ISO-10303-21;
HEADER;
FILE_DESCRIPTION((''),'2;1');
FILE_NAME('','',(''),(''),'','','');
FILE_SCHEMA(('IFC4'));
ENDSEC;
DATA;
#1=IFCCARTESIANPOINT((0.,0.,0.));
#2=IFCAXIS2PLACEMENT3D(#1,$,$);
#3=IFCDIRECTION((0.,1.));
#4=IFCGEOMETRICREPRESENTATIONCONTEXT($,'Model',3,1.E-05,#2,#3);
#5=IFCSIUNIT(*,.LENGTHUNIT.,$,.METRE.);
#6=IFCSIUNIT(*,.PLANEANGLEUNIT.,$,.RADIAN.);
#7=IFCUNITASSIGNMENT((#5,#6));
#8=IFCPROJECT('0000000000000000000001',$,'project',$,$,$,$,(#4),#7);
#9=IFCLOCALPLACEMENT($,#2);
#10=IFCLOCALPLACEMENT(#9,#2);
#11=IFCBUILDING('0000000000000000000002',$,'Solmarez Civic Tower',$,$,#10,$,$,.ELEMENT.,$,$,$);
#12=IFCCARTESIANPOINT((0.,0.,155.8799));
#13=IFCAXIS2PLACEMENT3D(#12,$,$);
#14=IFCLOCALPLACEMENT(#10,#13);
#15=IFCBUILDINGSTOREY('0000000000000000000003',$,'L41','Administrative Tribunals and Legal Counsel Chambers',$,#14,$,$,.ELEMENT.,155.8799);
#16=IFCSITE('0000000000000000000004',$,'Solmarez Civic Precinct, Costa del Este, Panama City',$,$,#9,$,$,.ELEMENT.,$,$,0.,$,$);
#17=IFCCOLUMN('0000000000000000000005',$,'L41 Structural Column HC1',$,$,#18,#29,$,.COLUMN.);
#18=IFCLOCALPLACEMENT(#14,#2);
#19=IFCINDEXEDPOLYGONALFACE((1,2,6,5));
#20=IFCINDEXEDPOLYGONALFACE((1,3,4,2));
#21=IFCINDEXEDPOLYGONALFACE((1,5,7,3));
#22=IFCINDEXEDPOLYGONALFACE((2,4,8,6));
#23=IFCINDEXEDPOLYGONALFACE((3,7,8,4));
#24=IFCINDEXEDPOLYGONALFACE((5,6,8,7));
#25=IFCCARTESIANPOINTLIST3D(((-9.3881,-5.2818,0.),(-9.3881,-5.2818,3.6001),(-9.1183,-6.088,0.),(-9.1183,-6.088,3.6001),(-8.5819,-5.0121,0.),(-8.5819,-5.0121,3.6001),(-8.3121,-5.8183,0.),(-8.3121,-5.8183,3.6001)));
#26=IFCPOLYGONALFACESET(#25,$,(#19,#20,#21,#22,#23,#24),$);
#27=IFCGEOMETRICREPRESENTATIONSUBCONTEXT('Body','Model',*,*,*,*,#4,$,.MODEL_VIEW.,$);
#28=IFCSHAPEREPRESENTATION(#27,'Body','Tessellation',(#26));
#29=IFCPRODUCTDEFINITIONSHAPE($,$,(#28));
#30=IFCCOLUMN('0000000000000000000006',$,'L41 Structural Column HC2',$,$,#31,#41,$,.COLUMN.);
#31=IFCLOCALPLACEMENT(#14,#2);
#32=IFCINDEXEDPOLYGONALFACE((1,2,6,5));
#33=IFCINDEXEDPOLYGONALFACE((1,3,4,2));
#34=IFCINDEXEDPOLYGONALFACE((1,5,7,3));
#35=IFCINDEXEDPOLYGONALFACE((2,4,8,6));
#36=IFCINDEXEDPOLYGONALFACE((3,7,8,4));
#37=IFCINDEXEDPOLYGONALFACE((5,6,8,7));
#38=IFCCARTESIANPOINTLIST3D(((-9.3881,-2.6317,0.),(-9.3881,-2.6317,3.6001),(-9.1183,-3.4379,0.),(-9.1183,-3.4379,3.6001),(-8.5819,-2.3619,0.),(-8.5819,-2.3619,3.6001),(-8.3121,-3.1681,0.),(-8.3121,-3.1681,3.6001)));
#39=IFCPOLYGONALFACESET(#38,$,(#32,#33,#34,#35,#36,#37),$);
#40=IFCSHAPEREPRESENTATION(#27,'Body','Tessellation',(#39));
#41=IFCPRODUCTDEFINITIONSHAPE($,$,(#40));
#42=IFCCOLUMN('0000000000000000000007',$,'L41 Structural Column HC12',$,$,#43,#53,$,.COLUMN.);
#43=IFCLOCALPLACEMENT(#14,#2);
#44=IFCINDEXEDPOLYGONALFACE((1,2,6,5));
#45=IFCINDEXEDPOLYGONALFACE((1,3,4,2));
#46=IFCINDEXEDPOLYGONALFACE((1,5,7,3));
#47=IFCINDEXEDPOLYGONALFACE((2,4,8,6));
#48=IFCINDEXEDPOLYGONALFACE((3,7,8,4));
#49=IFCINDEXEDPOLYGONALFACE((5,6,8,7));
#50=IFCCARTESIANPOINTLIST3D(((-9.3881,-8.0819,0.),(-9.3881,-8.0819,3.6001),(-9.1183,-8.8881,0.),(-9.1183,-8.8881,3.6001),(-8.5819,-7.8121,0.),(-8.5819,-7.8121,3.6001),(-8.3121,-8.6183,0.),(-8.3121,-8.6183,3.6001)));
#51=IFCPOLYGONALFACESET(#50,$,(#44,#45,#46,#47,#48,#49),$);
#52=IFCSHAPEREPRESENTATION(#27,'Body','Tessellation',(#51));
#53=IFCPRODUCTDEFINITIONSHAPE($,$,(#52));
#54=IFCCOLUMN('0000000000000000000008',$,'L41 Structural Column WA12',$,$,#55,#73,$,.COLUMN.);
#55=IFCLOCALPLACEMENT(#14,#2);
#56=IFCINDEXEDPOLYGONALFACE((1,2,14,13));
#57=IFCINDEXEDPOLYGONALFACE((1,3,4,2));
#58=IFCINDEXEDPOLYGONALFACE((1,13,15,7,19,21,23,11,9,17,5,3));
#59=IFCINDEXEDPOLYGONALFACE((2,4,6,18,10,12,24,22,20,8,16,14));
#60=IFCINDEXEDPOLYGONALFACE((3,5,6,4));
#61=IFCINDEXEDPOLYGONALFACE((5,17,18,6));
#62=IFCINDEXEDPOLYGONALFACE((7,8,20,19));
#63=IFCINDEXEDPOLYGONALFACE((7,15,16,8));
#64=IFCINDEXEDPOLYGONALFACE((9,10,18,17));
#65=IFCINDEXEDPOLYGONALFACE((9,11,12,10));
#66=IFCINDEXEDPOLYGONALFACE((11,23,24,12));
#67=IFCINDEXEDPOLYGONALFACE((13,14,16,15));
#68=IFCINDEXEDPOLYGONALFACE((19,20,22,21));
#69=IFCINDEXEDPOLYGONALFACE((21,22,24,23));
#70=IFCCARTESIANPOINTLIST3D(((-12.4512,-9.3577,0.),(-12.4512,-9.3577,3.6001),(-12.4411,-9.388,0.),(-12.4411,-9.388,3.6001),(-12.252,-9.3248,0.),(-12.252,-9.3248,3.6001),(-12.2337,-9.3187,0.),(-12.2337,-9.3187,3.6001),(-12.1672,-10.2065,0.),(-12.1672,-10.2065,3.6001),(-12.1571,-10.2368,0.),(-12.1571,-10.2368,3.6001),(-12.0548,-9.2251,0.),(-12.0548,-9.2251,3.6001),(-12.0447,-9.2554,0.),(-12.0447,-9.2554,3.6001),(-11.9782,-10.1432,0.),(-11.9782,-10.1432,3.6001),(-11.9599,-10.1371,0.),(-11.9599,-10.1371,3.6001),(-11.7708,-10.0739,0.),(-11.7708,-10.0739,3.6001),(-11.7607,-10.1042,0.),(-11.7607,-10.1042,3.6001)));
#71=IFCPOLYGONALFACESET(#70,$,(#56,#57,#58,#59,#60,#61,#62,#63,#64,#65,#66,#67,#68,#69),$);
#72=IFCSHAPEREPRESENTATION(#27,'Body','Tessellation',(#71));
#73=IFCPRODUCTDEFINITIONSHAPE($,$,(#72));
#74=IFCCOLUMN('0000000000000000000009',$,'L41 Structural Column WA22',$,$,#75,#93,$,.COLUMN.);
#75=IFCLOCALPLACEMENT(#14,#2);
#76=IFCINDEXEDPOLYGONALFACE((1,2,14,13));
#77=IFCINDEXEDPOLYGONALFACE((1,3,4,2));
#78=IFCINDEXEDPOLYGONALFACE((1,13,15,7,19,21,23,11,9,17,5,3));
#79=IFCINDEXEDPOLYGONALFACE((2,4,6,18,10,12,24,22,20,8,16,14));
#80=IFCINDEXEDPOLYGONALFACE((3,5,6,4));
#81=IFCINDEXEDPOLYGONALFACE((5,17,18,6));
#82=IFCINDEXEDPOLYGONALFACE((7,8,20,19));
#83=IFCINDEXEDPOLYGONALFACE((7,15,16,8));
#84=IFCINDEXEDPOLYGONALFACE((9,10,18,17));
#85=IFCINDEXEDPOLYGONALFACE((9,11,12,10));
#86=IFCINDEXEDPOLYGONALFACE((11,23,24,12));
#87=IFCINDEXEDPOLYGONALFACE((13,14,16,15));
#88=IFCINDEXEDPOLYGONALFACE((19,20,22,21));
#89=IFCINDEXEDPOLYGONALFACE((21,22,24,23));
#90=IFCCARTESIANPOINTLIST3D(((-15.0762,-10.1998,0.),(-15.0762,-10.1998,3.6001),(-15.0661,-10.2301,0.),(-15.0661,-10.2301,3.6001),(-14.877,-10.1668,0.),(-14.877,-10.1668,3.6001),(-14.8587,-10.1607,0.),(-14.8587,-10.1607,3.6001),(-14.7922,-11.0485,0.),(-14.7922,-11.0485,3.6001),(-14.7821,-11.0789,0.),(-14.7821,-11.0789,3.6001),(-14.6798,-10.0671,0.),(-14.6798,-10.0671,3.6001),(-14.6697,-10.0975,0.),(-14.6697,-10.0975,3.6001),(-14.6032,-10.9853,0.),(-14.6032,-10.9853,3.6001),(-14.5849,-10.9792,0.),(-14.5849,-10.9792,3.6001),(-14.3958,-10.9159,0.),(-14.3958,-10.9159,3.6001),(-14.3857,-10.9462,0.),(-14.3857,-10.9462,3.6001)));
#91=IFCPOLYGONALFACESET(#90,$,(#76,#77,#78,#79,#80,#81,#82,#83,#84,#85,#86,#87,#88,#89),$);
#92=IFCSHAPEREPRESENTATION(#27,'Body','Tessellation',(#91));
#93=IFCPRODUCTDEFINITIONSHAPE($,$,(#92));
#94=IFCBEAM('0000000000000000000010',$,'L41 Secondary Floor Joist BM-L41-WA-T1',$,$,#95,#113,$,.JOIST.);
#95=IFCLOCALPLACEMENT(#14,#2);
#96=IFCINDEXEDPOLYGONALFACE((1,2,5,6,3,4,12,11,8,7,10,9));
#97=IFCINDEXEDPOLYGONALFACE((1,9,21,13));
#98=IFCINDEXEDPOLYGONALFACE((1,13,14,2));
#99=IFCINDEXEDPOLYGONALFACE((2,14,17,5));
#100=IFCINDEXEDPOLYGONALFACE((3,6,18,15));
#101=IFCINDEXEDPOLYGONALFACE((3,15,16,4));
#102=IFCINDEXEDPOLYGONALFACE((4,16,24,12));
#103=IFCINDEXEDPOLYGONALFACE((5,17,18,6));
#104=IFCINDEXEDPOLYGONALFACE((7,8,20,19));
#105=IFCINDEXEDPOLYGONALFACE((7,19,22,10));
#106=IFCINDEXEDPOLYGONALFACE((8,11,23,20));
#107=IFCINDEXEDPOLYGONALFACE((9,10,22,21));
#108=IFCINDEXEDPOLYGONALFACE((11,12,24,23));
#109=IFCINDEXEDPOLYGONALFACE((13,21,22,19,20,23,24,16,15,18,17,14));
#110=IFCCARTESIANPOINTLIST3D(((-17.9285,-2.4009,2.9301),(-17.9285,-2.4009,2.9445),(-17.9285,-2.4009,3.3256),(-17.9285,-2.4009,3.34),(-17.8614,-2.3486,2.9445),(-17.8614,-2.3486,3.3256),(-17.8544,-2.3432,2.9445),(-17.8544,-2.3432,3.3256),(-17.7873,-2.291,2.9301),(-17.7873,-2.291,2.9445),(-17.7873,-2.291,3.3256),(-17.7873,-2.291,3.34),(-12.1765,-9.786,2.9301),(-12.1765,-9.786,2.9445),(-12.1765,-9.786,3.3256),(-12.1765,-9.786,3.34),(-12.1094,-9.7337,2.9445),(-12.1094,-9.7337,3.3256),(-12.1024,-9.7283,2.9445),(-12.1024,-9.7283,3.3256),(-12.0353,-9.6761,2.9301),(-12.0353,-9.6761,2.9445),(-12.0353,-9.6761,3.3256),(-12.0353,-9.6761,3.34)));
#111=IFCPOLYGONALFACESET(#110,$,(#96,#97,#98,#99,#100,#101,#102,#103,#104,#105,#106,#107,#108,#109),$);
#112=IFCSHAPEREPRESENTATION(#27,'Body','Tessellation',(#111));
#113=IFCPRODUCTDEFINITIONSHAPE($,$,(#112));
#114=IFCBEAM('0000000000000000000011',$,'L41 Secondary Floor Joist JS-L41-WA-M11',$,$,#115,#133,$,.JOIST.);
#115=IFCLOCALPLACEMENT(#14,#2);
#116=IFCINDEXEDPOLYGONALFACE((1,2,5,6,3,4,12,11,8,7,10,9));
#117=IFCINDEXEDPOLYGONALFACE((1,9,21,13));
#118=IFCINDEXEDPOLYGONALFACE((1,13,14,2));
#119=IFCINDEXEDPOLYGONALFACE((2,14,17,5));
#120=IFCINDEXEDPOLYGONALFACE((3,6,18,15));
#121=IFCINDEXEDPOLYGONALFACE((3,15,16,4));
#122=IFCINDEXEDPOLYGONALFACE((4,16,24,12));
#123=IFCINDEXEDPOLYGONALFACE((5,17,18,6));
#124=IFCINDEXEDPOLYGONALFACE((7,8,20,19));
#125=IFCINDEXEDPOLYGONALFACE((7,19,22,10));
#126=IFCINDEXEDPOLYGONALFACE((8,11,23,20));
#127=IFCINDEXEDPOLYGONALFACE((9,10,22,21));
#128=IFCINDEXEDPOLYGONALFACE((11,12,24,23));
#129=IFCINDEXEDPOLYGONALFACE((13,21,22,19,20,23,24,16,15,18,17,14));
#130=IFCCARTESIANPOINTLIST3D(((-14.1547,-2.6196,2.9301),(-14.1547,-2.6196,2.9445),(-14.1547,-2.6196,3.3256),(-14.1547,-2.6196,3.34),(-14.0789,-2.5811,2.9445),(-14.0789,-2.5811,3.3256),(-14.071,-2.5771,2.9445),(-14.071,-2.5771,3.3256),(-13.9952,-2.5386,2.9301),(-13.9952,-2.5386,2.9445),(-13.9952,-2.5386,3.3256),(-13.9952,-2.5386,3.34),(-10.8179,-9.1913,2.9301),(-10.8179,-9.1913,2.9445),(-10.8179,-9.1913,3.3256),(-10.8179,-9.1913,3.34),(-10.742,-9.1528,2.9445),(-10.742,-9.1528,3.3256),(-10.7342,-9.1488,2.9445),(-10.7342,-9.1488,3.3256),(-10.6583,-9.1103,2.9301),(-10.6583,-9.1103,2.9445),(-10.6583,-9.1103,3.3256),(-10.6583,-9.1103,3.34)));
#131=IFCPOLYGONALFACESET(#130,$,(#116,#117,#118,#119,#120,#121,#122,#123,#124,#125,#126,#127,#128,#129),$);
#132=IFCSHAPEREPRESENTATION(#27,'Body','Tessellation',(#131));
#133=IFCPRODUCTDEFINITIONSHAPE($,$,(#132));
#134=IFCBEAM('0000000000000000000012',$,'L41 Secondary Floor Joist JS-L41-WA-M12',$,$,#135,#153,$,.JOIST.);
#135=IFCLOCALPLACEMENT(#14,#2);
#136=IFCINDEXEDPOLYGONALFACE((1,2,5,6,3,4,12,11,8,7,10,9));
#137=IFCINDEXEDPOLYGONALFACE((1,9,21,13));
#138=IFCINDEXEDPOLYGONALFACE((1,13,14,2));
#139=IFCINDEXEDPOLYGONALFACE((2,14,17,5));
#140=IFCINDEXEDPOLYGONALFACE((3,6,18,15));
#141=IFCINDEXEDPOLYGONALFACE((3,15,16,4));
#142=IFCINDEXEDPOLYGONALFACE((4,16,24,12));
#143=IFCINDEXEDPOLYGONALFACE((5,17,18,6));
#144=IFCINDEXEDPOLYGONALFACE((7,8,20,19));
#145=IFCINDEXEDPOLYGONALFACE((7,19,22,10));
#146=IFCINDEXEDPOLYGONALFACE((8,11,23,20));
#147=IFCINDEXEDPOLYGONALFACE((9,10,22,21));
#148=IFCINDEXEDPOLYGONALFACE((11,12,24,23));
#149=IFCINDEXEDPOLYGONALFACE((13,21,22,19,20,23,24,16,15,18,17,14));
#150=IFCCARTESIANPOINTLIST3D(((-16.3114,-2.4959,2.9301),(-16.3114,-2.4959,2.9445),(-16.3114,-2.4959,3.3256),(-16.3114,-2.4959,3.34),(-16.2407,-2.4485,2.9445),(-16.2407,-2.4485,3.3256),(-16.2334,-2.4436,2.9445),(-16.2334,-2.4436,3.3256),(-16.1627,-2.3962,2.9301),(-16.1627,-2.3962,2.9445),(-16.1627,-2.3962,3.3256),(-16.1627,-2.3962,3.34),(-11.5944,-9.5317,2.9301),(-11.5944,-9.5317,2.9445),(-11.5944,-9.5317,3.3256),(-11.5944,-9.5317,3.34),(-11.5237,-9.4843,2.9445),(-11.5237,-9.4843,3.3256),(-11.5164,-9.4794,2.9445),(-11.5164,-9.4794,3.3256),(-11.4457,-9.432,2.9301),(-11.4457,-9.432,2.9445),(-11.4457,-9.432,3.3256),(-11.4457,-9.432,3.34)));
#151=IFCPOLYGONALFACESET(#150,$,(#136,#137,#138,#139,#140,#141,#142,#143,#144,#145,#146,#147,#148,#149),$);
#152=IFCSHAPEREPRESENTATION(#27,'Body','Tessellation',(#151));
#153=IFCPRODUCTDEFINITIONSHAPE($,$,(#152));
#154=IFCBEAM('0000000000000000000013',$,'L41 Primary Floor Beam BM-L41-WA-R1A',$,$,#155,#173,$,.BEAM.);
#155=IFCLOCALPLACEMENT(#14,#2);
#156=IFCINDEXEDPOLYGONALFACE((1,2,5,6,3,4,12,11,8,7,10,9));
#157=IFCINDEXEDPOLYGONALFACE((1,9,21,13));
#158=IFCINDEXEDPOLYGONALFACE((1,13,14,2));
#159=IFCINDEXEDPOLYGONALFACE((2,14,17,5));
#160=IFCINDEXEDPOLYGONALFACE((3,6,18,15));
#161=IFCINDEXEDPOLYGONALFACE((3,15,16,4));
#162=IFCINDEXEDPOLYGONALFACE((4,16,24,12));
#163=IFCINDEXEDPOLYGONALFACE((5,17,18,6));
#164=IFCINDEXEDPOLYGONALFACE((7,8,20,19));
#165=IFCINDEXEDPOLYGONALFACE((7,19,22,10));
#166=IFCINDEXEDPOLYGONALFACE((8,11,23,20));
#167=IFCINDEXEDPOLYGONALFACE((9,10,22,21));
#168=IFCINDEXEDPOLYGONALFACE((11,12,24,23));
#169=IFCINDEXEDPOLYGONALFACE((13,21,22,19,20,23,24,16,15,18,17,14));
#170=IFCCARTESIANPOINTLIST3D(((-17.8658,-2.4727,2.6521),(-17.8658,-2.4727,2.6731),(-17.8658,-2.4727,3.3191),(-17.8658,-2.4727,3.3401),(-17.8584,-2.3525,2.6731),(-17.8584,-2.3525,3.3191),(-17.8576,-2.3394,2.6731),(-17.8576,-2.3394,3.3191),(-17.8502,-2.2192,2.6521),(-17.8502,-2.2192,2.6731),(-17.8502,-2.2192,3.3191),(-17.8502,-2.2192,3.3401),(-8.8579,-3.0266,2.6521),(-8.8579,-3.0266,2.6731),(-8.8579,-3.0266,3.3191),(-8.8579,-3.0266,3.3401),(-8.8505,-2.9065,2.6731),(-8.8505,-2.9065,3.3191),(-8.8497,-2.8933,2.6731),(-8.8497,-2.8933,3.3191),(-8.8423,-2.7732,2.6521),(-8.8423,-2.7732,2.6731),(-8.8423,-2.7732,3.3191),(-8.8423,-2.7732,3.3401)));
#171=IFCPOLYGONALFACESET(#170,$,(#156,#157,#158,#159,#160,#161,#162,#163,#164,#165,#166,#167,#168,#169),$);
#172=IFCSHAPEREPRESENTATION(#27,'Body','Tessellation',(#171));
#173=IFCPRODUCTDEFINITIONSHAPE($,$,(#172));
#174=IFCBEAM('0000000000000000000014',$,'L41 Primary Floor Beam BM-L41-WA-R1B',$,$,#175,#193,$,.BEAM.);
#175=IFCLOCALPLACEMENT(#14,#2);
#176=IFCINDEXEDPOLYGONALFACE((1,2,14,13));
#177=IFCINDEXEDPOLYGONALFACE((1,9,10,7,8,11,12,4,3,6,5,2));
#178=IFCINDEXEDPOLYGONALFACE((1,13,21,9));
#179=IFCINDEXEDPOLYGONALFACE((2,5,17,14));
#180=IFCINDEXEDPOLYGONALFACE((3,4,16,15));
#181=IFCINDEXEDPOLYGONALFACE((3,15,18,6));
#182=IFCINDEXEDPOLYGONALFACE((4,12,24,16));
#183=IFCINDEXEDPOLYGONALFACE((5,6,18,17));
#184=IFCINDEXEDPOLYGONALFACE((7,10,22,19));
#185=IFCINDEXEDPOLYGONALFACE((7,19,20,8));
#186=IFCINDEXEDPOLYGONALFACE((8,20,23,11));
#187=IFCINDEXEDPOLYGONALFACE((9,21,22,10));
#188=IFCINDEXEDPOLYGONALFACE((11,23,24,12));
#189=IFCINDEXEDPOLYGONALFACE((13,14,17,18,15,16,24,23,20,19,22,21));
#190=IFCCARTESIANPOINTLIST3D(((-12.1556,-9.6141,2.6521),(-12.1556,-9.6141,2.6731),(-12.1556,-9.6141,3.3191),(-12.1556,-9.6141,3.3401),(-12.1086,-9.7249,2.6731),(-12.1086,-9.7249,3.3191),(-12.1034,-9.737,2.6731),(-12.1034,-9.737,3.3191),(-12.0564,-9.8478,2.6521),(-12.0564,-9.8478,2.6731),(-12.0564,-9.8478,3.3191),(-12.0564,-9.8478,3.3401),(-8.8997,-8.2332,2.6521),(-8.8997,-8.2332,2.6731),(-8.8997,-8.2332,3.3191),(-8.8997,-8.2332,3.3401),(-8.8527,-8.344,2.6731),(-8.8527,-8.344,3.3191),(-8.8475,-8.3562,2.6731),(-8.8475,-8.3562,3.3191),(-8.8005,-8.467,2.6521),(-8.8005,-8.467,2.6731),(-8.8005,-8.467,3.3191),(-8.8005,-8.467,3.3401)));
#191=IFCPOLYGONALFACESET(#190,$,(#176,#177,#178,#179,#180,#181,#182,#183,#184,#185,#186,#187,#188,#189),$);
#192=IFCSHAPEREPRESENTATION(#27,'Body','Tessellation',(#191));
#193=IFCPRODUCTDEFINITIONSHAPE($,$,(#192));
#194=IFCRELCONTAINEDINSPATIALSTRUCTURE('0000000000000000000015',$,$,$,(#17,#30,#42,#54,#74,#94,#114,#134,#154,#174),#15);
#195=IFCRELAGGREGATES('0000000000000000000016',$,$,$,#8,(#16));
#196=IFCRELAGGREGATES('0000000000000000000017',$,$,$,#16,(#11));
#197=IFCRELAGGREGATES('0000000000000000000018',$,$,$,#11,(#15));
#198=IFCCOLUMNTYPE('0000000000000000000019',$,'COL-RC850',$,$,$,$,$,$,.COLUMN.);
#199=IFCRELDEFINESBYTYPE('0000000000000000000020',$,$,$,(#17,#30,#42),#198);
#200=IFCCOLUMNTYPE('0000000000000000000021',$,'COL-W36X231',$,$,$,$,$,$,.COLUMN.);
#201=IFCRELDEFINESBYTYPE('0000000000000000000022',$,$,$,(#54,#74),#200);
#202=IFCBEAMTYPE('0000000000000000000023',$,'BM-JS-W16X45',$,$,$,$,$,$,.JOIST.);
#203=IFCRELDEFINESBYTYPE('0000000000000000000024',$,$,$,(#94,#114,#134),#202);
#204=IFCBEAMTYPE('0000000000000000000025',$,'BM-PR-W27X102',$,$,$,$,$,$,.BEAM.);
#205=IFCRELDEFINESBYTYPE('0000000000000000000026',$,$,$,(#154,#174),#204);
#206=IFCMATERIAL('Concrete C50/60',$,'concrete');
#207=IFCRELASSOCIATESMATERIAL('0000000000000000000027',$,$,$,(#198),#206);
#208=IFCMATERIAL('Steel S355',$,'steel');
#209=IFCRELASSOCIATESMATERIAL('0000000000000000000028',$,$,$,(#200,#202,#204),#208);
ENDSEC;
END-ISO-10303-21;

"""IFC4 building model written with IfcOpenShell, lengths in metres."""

from ifc_helpers import new_model, si_unit, direction, frame, origin, origin_2d, place, context, subcontext, project, spatial, rectangle, i_section, extrude, material, material_profile, profile_set, type_object, element, save


model = new_model("IFC4")

# Units and contexts
model_context = context("Model", 3, precision=1e-05, world=origin(), true_north=direction((0.0, 1.0)))
body_context = subcontext(model_context, "Body", "Model", "MODEL_VIEW")
ifc_project = project(units=[si_unit("LENGTHUNIT", "METRE"), si_unit("PLANEANGLEUNIT", "RADIAN")], contexts=[model_context])

# Site, building, storey
site_placement = place(None, origin())
site = spatial("IfcSite", under=ifc_project, at=site_placement, Name="Solmarez Civic Precinct, Costa del Este, Panama City", CompositionType="ELEMENT", RefElevation=0.0)
building_placement = place(site_placement, origin())
building = spatial("IfcBuilding", under=site, at=building_placement, Name="Solmarez Civic Tower", CompositionType="ELEMENT")
storey_placement = place(building_placement, frame((0.0, 0.0, 155.8799)))
storey = spatial("IfcBuildingStorey", under=building, at=storey_placement, Name="L41", Description="Administrative Tribunals and Legal Counsel Chambers", CompositionType="ELEMENT", Elevation=155.8799)

# Columns
ifc_material_1 = material(Name="Concrete C50/60", Category="concrete")
ifc_material_profile_1 = material_profile(ifc_material_1, rectangle(XDim=0.8501, YDim=0.8501, at=origin_2d()), Name="RC850X850")
ifc_profile_set_1 = profile_set([ifc_material_profile_1], Name="Concrete C50/60")
column_type_1 = type_object("IfcColumnType", Name="COL-RC850", PredefinedType="COLUMN", material=ifc_profile_set_1)
for number, where, z_axis, x_axis, name in (
    (1, (-8.8501, -5.55, 0.0), (0.0, 0.0, 1.0), (0.948324, 0.317305, 0.0), "L41 Structural Column HC1"),
    (2, (-8.8501, -2.8999, 0.0), (0.0, 0.0, 1.0), (0.948324, 0.317305, 0.0), "L41 Structural Column HC2"),
    (3, (-8.8501, -8.3501, 0.0), (0.0, 0.0, 1.0), (0.948324, 0.317305, 0.0), "L41 Structural Column HC12"),
):
    element("IfcColumn", number, at=place(storey_placement, frame(where, z_axis=z_axis, x_axis=x_axis)), inside=storey, type_object=column_type_1, Name=name, PredefinedType="COLUMN", context=body_context, shape_type="SweptSolid", body=[
        extrude(rectangle(XDim=0.8501, YDim=0.8501, at=origin_2d()), origin(), (0.0, 0.0, 1.0), 3.6001),
    ])
ifc_material_2 = material(Name="Steel S355", Category="steel")
ifc_material_profile_2 = material_profile(ifc_material_2, i_section(OverallWidth=0.418, OverallDepth=0.927, WebThickness=0.0193, FlangeThickness=0.032, at=origin_2d()), Name="W36X231")
ifc_profile_set_2 = profile_set([ifc_material_profile_2], Name="Steel S355")
column_type_2 = type_object("IfcColumnType", Name="COL-W36X231", PredefinedType="COLUMN", material=ifc_profile_set_2)
for number, where, z_axis, x_axis, name in (
    (4, (-12.106, -9.731, 0.0), (0.0, 0.0, 1.0), (0.948324, 0.317305, 0.0), "L41 Structural Column WA12"),
    (5, (-14.731, -10.573, 0.0), (0.0, 0.0, 1.0), (0.948324, 0.317305, 0.0), "L41 Structural Column WA22"),
):
    element("IfcColumn", number, at=place(storey_placement, frame(where, z_axis=z_axis, x_axis=x_axis)), inside=storey, type_object=column_type_2, Name=name, PredefinedType="COLUMN", context=body_context, shape_type="SweptSolid", body=[
        extrude(i_section(OverallWidth=0.418, OverallDepth=0.927, WebThickness=0.0193, FlangeThickness=0.032, at=origin_2d()), origin(), (0.0, 0.0, 1.0), 3.6001),
    ])

# Beams
ifc_material_profile_3 = material_profile(ifc_material_2, i_section(OverallWidth=0.179, OverallDepth=0.4099, WebThickness=0.0088, FlangeThickness=0.0144, at=origin_2d()), Name="W16X45")
ifc_profile_set_3 = profile_set([ifc_material_profile_3], Name="Steel S355")
beam_type_1 = type_object("IfcBeamType", Name="BM-JS-W16X45", PredefinedType="JOIST", material=ifc_profile_set_3)
beam_1_placement = place(storey_placement, frame((-17.8579, -2.3459, 3.135), z_axis=(0.614477, -0.788935, 0.0), x_axis=(0.788935, 0.614477, 0.0)))
element("IfcBeam", 6, at=beam_1_placement, inside=storey, type_object=beam_type_1, Name="L41 Secondary Floor Joist BM-L41-WA-T1", PredefinedType="JOIST", context=body_context, shape_type="SweptSolid", body=[
    extrude(i_section(OverallWidth=0.179, OverallDepth=0.4099, WebThickness=0.0088, FlangeThickness=0.0144, at=origin_2d()), origin(), (0.0, 0.0, 1.0), 9.3608),
])
beam_2_placement = place(storey_placement, frame((-14.075, -2.5791, 3.135), z_axis=(0.452743, -0.891641, 0.0), x_axis=(0.891641, 0.452743, 0.0)))
element("IfcBeam", 7, at=beam_2_placement, inside=storey, type_object=beam_type_1, Name="L41 Secondary Floor Joist JS-L41-WA-M11", PredefinedType="JOIST", context=body_context, shape_type="SweptSolid", body=[
    extrude(i_section(OverallWidth=0.179, OverallDepth=0.4099, WebThickness=0.0088, FlangeThickness=0.0144, at=origin_2d()), origin(), (0.0, 0.0, 1.0), 7.3704),
])
beam_3_placement = place(storey_placement, frame((-16.2371, -2.446, 3.135), z_axis=(0.55686, -0.830606, 0.0), x_axis=(0.830606, 0.55686, 0.0)))
element("IfcBeam", 8, at=beam_3_placement, inside=storey, type_object=beam_type_1, Name="L41 Secondary Floor Joist JS-L41-WA-M12", PredefinedType="JOIST", context=body_context, shape_type="SweptSolid", body=[
    extrude(i_section(OverallWidth=0.179, OverallDepth=0.4099, WebThickness=0.0088, FlangeThickness=0.0144, at=origin_2d()), origin(), (0.0, 0.0, 1.0), 8.4707),
])
ifc_material_profile_4 = material_profile(ifc_material_2, i_section(OverallWidth=0.2539, OverallDepth=0.688, WebThickness=0.0132, FlangeThickness=0.021, at=origin_2d()), Name="W27X102")
ifc_profile_set_4 = profile_set([ifc_material_profile_4], Name="Steel S355")
beam_type_2 = type_object("IfcBeamType", Name="BM-PR-W27X102", PredefinedType="BEAM", material=ifc_profile_set_4)
beam_4_placement = place(storey_placement, frame((-8.8501, -2.8999, 2.9961), z_axis=(-0.998114, 0.061381, 0.0), x_axis=(-0.061381, -0.998114, 0.0)))
element("IfcBeam", 9, at=beam_4_placement, inside=storey, type_object=beam_type_2, Name="L41 Primary Floor Beam BM-L41-WA-R1A", PredefinedType="BEAM", context=body_context, shape_type="SweptSolid", body=[
    extrude(i_section(OverallWidth=0.2539, OverallDepth=0.688, WebThickness=0.0132, FlangeThickness=0.021, at=origin_2d()), origin(), (0.0, 0.0, 1.0), 9.0249),
])
beam_5_placement = place(storey_placement, frame((-8.8501, -8.3501, 2.9961), z_axis=(-0.920624, -0.390451, 0.0), x_axis=(0.390451, -0.920624, 0.0)))
element("IfcBeam", 10, at=beam_5_placement, inside=storey, type_object=beam_type_2, Name="L41 Primary Floor Beam BM-L41-WA-R1B", PredefinedType="BEAM", context=body_context, shape_type="SweptSolid", body=[
    extrude(i_section(OverallWidth=0.2539, OverallDepth=0.688, WebThickness=0.0132, FlangeThickness=0.021, at=origin_2d()), origin(), (0.0, 0.0, 1.0), 3.5366),
])

save(model, "model.ifc")
